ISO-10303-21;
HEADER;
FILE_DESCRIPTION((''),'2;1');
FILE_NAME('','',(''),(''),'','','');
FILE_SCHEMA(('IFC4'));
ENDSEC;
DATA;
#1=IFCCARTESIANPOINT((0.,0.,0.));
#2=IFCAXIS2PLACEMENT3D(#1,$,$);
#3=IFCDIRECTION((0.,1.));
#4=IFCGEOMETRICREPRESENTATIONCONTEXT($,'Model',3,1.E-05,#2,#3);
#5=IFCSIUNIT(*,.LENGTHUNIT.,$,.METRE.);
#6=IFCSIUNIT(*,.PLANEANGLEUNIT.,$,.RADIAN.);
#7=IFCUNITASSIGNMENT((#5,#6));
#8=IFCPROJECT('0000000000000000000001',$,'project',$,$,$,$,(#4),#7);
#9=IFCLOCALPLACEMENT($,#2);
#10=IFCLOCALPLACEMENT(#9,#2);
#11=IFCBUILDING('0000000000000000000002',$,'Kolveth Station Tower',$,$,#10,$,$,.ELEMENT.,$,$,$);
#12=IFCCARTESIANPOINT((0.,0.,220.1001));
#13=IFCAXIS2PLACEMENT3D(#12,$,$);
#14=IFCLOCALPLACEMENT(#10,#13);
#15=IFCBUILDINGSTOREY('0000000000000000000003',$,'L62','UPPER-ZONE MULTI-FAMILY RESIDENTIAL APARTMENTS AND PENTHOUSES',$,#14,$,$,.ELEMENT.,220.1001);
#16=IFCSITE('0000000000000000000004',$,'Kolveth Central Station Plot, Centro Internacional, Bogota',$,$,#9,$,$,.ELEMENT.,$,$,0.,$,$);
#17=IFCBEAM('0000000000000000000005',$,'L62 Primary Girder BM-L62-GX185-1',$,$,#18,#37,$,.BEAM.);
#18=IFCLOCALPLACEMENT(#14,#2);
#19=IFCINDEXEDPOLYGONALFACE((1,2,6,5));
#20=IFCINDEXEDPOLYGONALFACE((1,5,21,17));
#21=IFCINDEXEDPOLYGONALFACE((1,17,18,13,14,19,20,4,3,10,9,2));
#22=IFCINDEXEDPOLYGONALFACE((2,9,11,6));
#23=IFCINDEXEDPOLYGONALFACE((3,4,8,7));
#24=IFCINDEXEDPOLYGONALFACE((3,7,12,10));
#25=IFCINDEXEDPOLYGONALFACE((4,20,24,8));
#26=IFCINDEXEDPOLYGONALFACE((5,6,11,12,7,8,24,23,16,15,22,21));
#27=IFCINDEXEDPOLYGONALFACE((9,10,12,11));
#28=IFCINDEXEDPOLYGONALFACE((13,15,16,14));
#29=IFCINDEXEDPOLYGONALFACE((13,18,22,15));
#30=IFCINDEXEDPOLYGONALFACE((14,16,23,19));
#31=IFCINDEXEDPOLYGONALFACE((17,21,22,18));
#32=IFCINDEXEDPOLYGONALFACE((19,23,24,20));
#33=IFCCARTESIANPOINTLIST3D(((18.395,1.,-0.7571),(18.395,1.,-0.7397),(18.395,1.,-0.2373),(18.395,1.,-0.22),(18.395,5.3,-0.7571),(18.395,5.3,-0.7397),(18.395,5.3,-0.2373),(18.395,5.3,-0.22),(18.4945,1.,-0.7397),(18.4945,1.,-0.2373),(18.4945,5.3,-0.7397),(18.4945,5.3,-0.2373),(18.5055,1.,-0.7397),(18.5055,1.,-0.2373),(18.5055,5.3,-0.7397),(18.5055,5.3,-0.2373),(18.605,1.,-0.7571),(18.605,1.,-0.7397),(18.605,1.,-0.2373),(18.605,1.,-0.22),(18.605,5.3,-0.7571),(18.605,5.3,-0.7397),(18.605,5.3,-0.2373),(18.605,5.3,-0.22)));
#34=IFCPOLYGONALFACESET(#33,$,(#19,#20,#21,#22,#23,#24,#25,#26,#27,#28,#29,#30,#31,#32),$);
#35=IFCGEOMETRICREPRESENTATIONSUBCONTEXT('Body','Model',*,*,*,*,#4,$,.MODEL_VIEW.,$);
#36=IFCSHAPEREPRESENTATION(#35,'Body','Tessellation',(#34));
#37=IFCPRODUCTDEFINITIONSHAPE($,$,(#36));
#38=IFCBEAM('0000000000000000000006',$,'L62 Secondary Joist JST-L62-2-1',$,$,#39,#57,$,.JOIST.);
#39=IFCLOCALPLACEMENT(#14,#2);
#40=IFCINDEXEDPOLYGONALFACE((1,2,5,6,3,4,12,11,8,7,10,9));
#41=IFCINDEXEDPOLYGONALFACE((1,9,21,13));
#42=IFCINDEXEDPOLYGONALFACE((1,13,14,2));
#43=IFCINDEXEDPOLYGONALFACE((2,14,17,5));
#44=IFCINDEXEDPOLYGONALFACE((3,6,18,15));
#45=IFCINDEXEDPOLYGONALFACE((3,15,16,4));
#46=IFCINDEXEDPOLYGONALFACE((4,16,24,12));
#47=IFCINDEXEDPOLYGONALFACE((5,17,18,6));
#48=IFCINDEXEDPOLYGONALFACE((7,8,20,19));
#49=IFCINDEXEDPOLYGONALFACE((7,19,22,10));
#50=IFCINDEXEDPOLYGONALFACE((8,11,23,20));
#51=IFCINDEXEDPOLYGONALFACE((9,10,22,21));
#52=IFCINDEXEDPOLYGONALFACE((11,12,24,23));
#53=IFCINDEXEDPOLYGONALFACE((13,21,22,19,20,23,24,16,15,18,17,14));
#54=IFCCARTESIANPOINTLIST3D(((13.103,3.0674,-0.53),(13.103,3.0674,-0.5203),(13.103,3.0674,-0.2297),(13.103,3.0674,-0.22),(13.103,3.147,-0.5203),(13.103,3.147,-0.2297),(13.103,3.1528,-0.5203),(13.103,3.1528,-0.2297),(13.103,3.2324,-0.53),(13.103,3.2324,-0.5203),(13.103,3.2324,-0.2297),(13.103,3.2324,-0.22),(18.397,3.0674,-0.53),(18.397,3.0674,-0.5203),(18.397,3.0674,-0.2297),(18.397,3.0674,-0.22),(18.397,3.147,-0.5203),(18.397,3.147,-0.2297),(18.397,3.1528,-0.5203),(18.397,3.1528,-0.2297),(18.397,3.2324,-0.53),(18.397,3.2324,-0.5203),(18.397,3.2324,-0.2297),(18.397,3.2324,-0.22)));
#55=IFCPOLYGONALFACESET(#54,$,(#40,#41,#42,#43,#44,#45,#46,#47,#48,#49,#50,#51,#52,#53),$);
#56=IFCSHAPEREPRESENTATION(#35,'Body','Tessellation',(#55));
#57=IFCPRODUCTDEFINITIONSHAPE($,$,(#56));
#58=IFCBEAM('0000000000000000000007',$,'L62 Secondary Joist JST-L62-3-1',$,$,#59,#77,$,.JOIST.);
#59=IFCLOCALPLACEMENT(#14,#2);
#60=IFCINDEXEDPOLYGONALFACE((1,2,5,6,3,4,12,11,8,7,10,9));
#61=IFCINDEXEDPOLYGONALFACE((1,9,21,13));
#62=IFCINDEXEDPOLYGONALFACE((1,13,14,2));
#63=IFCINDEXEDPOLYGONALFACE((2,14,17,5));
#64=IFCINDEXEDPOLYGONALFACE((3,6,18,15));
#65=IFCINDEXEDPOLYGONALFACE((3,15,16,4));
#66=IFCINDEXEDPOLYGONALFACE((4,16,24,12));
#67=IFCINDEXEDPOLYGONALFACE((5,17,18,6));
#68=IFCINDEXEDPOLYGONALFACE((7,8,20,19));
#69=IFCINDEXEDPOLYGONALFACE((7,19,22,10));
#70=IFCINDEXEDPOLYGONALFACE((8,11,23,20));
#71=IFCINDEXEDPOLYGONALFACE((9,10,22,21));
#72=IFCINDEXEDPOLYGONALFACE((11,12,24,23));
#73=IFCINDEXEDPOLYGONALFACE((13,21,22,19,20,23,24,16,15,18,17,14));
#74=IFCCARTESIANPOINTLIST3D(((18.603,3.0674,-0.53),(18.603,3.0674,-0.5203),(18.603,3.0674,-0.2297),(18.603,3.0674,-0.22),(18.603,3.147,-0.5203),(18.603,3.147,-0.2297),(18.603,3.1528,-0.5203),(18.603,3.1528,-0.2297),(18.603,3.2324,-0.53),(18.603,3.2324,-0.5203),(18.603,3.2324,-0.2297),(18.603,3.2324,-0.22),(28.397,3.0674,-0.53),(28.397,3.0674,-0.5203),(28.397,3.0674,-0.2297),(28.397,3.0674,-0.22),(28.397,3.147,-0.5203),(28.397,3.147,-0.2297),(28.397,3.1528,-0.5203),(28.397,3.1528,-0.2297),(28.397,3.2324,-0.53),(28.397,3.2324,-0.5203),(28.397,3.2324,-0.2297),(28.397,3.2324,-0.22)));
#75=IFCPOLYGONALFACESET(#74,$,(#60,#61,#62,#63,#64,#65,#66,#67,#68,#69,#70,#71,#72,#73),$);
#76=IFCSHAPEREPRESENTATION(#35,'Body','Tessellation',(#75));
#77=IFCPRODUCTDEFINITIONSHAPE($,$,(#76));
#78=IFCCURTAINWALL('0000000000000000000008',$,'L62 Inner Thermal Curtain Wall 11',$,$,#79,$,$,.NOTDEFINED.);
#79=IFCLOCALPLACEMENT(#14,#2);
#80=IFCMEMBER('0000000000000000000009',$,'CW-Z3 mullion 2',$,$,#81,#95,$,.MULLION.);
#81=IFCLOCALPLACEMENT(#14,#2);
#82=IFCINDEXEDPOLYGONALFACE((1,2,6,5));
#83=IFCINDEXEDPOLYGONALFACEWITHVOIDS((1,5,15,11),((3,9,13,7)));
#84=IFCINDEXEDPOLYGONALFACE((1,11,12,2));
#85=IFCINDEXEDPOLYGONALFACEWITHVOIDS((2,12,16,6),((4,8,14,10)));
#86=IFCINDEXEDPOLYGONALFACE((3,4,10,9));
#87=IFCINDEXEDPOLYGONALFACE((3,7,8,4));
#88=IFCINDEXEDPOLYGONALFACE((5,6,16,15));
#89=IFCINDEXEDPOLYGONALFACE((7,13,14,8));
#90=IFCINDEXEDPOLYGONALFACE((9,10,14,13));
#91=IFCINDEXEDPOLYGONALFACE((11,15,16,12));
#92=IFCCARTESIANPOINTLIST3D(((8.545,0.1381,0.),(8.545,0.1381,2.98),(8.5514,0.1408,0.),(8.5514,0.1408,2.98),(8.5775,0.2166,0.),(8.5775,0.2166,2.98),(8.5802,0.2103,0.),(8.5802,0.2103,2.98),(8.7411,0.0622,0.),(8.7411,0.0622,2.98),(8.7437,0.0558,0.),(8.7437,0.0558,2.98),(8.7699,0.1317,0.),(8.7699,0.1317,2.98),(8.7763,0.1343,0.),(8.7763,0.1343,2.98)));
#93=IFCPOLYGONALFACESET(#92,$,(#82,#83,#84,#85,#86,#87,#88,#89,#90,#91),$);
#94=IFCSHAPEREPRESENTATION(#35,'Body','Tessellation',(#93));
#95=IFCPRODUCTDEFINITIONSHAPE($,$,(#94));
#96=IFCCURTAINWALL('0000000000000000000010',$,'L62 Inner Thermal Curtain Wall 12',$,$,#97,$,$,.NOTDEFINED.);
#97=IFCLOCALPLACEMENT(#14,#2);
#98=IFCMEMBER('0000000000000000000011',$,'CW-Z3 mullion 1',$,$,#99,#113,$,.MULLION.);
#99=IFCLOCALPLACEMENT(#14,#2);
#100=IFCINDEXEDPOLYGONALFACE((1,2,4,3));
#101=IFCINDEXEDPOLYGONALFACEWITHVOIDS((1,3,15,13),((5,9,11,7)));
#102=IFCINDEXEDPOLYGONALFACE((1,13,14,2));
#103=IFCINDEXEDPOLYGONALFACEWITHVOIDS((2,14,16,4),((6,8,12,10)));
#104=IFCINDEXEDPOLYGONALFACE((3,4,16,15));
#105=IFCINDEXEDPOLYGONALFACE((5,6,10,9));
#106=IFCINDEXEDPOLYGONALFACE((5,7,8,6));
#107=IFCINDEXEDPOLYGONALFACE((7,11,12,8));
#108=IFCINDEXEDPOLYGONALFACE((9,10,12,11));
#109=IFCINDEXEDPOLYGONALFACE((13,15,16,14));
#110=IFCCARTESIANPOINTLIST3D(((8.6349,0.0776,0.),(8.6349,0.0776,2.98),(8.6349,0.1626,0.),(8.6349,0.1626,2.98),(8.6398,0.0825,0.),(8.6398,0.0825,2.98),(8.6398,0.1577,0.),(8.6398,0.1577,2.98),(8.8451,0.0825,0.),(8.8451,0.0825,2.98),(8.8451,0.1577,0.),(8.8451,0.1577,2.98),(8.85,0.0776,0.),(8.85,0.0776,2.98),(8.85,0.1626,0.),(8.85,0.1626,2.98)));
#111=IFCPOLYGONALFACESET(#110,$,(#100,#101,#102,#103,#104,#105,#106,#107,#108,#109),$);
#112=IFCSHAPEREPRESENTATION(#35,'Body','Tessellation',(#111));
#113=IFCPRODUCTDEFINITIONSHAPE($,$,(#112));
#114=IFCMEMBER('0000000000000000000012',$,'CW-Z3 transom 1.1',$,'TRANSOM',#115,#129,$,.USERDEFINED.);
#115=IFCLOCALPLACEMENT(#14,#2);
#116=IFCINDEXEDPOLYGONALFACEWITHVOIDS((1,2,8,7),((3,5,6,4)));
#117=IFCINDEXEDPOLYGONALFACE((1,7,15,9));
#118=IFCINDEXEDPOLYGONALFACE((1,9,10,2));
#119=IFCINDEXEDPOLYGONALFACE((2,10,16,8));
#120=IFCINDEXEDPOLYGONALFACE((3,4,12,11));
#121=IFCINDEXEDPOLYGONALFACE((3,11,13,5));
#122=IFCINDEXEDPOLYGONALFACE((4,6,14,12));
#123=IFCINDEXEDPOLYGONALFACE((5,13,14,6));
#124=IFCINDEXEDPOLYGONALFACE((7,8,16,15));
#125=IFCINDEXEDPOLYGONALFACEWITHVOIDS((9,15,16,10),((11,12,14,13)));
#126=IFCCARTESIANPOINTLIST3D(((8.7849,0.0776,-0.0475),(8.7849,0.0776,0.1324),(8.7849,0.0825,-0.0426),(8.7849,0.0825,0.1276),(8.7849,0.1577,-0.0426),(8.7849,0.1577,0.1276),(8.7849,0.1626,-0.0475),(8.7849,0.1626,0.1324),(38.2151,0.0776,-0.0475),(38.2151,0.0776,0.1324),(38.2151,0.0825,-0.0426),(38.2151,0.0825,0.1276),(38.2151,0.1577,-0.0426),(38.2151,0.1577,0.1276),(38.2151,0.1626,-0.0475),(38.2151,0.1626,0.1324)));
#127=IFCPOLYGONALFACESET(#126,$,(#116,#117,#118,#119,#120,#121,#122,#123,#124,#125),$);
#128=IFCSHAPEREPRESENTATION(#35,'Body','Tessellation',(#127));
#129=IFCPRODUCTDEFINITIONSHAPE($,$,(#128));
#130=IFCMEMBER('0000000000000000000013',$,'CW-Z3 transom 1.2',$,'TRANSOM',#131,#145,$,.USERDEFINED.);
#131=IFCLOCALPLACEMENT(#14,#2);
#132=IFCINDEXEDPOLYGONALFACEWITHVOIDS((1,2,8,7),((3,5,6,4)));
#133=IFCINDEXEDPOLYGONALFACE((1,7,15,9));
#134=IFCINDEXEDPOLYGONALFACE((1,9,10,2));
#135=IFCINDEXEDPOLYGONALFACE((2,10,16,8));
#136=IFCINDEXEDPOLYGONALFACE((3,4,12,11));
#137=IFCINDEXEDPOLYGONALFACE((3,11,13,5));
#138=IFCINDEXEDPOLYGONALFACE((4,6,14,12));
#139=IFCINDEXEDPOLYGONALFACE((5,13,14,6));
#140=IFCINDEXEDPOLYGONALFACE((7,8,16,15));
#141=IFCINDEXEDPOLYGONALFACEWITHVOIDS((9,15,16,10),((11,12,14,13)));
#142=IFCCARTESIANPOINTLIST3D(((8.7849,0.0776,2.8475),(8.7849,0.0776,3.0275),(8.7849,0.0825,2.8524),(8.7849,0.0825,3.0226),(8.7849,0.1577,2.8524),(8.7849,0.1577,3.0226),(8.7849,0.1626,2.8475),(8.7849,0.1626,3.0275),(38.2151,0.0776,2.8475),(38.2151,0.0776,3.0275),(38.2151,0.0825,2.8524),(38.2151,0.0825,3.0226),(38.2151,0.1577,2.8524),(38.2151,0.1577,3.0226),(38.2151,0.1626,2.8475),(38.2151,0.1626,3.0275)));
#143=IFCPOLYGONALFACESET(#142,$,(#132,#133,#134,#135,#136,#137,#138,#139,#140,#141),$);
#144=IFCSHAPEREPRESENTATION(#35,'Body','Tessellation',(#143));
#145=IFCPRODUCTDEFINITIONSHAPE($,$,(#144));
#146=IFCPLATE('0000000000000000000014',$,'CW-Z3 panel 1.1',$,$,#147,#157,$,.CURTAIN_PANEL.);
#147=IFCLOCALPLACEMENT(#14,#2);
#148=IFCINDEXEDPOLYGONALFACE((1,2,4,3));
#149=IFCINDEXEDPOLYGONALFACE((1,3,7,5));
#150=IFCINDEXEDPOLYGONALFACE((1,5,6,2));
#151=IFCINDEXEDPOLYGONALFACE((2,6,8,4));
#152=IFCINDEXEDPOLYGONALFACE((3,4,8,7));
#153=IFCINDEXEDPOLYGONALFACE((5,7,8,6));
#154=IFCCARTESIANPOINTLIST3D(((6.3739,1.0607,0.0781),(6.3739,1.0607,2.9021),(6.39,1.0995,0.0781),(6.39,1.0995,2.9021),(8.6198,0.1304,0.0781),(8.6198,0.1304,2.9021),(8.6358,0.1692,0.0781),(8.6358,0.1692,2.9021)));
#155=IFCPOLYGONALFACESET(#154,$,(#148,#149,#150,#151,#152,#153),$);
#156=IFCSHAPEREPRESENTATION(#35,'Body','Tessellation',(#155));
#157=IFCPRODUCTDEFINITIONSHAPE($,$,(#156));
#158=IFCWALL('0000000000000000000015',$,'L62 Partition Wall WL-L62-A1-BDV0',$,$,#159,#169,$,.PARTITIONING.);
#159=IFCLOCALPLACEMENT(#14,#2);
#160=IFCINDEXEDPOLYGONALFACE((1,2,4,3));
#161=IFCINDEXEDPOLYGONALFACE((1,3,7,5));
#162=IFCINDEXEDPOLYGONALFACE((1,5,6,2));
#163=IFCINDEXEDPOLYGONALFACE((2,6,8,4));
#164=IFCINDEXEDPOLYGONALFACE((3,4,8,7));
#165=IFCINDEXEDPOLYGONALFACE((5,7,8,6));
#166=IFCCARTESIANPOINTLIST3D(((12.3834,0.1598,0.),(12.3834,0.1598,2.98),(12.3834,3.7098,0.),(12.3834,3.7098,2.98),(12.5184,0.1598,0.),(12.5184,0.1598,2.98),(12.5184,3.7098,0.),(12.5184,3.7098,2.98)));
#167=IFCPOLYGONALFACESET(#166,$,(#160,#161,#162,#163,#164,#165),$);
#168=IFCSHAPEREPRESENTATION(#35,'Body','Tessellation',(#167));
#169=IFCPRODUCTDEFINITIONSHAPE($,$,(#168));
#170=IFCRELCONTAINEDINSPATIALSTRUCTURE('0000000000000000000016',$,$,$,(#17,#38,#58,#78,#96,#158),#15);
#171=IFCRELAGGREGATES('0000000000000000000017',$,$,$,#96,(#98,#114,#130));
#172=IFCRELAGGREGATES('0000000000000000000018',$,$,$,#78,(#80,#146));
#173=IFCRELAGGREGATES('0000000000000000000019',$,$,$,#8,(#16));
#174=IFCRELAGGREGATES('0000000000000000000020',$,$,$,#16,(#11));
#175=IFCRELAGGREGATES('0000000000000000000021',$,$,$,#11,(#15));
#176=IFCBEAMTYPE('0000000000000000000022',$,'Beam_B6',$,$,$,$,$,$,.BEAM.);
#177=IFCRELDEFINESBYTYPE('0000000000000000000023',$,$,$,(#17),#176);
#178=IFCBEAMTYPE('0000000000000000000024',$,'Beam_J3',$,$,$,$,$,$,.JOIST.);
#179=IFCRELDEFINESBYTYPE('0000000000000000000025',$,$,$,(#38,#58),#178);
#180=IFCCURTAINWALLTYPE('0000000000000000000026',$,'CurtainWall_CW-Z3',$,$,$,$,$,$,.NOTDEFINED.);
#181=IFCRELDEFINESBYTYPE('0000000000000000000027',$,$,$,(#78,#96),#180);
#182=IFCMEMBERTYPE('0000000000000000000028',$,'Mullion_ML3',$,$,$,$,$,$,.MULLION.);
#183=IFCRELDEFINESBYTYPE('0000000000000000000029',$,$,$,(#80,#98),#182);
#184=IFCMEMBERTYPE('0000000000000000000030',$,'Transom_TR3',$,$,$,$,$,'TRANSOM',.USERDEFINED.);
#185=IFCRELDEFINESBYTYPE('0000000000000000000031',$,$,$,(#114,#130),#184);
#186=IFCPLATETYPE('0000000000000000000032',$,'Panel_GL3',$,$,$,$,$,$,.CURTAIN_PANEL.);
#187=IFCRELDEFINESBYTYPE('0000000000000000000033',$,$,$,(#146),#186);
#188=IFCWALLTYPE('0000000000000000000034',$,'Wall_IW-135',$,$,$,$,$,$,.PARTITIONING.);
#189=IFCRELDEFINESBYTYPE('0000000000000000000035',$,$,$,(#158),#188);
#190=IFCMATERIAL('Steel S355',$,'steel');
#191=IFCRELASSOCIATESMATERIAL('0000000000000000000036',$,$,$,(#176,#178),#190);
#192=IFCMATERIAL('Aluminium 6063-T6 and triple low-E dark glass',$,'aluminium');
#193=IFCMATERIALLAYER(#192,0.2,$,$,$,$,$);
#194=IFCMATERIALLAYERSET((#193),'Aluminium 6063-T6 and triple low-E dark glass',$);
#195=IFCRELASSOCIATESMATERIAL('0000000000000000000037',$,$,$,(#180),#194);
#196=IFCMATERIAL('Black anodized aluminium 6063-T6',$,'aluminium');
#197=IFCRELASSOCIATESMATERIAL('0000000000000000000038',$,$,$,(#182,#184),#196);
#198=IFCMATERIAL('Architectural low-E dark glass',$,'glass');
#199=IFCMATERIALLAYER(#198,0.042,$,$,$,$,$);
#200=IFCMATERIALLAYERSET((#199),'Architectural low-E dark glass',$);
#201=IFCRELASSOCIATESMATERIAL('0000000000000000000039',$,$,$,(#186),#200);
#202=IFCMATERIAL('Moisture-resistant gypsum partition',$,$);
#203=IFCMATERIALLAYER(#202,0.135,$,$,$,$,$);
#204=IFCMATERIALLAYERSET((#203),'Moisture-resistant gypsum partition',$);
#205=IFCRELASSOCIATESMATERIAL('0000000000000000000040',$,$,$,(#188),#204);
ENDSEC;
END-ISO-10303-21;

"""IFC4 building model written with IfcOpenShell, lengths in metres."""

from ifc_helpers import new_model, si_unit, direction, frame, frame_2d, origin, origin_2d, place, context, subcontext, project, spatial, rectangle, hollow_rectangle, i_section, extrude, source, transform, mapped, material, layer, layer_set, material_profile, profile_set, type_object, element, aggregate, save


model = new_model("IFC4")

# Units and contexts
model_context = context("Model", 3, precision=1e-05, world=origin(), true_north=direction((0.0, 1.0)))
body_context = subcontext(model_context, "Body", "Model", "MODEL_VIEW")
ifc_project = project(units=[si_unit("LENGTHUNIT", "METRE"), si_unit("PLANEANGLEUNIT", "RADIAN")], contexts=[model_context])

# Site, building, storey
site_placement = place(None, origin())
site = spatial("IfcSite", under=ifc_project, at=site_placement, Name="Kolveth Central Station Plot, Centro Internacional, Bogota", CompositionType="ELEMENT", RefElevation=0.0)
building_placement = place(site_placement, origin())
building = spatial("IfcBuilding", under=site, at=building_placement, Name="Kolveth Station Tower", CompositionType="ELEMENT")
storey_placement = place(building_placement, frame((0.0, 0.0, 220.1001)))
storey = spatial("IfcBuildingStorey", under=building, at=storey_placement, Name="L62", Description="UPPER-ZONE MULTI-FAMILY RESIDENTIAL APARTMENTS AND PENTHOUSES", CompositionType="ELEMENT", Elevation=220.1001)

# Shared definitions
ifc_material_1 = material(Name="Steel S355", Category="steel")

# Beams
ifc_material_profile_1 = material_profile(ifc_material_1, i_section(OverallWidth=0.21, OverallDepth=0.5371, WebThickness=0.011, FlangeThickness=0.0173, at=origin_2d()), Name="W530x101")
ifc_profile_set_1 = profile_set([ifc_material_profile_1], Name="Steel S355")
beam_type_1 = type_object("IfcBeamType", Name="Beam_B6", PredefinedType="BEAM", material=ifc_profile_set_1)
shared_shape_1 = source(origin(), body_context, "Body", "SweptSolid", [
    extrude(i_section(OverallWidth=0.21, OverallDepth=0.5371, WebThickness=0.011, FlangeThickness=0.0173, at=origin_2d()), origin(), (0.0, 0.0, 1.0), 4.3),
])
for number, where, z_axis, x_axis, name in (
    (1, (18.5, 1.0, -0.4885), (0.0, 1.0, 0.0), (-1.0, 0.0, 0.0), "L62 Primary Girder BM-L62-GX185-1"),
):
    element("IfcBeam", number, at=place(storey_placement, frame(where, z_axis=z_axis, x_axis=x_axis)), inside=storey, type_object=beam_type_1, Name=name, PredefinedType="BEAM", context=body_context, shape_type="MappedRepresentation", body=[
        mapped(shared_shape_1, transform((0.0, 0.0, 0.0), x_axis=(1.0, 0.0, 0.0), y_axis=(0.0, 1.0, 0.0), z_axis=(0.0, 0.0, 1.0), scale=1.0)),
    ])
ifc_material_profile_2 = material_profile(ifc_material_1, i_section(OverallWidth=0.165, OverallDepth=0.3101, WebThickness=0.0059, FlangeThickness=0.0098, at=origin_2d()), Name="W310x39")
ifc_profile_set_2 = profile_set([ifc_material_profile_2], Name="Steel S355")
beam_type_2 = type_object("IfcBeamType", Name="Beam_J3", PredefinedType="JOIST", material=ifc_profile_set_2)
shared_shape_2 = source(origin(), body_context, "Body", "SweptSolid", [
    extrude(i_section(OverallWidth=0.165, OverallDepth=0.3101, WebThickness=0.0059, FlangeThickness=0.0098, at=origin_2d()), origin(), (0.0, 0.0, 1.0), 5.2939),
])
beam_1_placement = place(storey_placement, frame((13.103, 3.1499, -0.375), z_axis=(1.0, 0.0, 0.0), x_axis=(0.0, 1.0, 0.0)))
element("IfcBeam", 2, at=beam_1_placement, inside=storey, type_object=beam_type_2, Name="L62 Secondary Joist JST-L62-2-1", PredefinedType="JOIST", context=body_context, shape_type="MappedRepresentation", body=[
    mapped(shared_shape_2, transform((0.0, 0.0, 0.0), x_axis=(1.0, 0.0, 0.0), y_axis=(0.0, 1.0, 0.0), z_axis=(0.0, 0.0, 1.0), scale=1.0)),
])
shared_shape_3 = source(origin(), body_context, "Body", "SweptSolid", [
    extrude(i_section(OverallWidth=0.165, OverallDepth=0.3101, WebThickness=0.0059, FlangeThickness=0.0098, at=origin_2d()), origin(), (0.0, 0.0, 1.0), 9.7939),
])
beam_2_placement = place(storey_placement, frame((18.603, 3.1499, -0.375), z_axis=(1.0, 0.0, 0.0), x_axis=(0.0, 1.0, 0.0)))
element("IfcBeam", 3, at=beam_2_placement, inside=storey, type_object=beam_type_2, Name="L62 Secondary Joist JST-L62-3-1", PredefinedType="JOIST", context=body_context, shape_type="MappedRepresentation", body=[
    mapped(shared_shape_3, transform((0.0, 0.0, 0.0), x_axis=(1.0, 0.0, 0.0), y_axis=(0.0, 1.0, 0.0), z_axis=(0.0, 0.0, 1.0), scale=1.0)),
])

# Curtain wall, member
ifc_material_2 = material(Name="Aluminium 6063-T6 and triple low-E dark glass", Category="aluminium")
ifc_layer_1 = layer(ifc_material_2, 0.2)
ifc_layer_set_1 = layer_set([ifc_layer_1], Name="Aluminium 6063-T6 and triple low-E dark glass")
curtain_wall_type = type_object("IfcCurtainWallType", Name="CurtainWall_CW-Z3", PredefinedType="NOTDEFINED", material=ifc_layer_set_1)
curtain_wall_1_placement = place(storey_placement, origin())
curtain_wall_1 = element("IfcCurtainWall", 4, at=curtain_wall_1_placement, inside=storey, type_object=curtain_wall_type, Name="L62 Inner Thermal Curtain Wall 11", PredefinedType="NOTDEFINED")
ifc_material_3 = material(Name="Black anodized aluminium 6063-T6", Category="aluminium")
ifc_material_profile_3 = material_profile(ifc_material_3, hollow_rectangle(XDim=0.085, YDim=0.2151, WallThickness=0.0049, at=origin_2d()), Name="ALU-85x215x5")
ifc_profile_set_3 = profile_set([ifc_material_profile_3], Name="Black anodized aluminium 6063-T6")
member_type_1 = type_object("IfcMemberType", Name="Mullion_ML3", PredefinedType="MULLION", material=ifc_profile_set_3)
shared_shape_4 = source(origin(), body_context, "Body", "SweptSolid", [
    extrude(hollow_rectangle(XDim=0.085, YDim=0.2151, WallThickness=0.0049, at=origin_2d()), origin(), (0.0, 0.0, 1.0), 2.98),
])
member_1_placement = place(storey_placement, frame((8.6606, 0.1362, 0.0), z_axis=(0.0, 0.0, 1.0), x_axis=(0.382693, 0.923875, 0.0)))
member_1 = element("IfcMember", 5, at=member_1_placement, type_object=member_type_1, Name="CW-Z3 mullion 2", PredefinedType="MULLION", context=body_context, shape_type="MappedRepresentation", body=[
    mapped(shared_shape_4, transform((0.0, 0.0, 0.0), x_axis=(1.0, 0.0, 0.0), y_axis=(0.0, 1.0, 0.0), z_axis=(0.0, 0.0, 1.0), scale=1.0)),
])

# Curtain wall, members
curtain_wall_2_placement = place(storey_placement, origin())
curtain_wall_2 = element("IfcCurtainWall", 6, at=curtain_wall_2_placement, inside=storey, type_object=curtain_wall_type, Name="L62 Inner Thermal Curtain Wall 12", PredefinedType="NOTDEFINED")
member_2_placement = place(storey_placement, frame((8.7424, 0.1201, 0.0), z_axis=(0.0, 0.0, 1.0), x_axis=(0.0, 1.0, 0.0)))
member_2 = element("IfcMember", 7, at=member_2_placement, type_object=member_type_1, Name="CW-Z3 mullion 1", PredefinedType="MULLION", context=body_context, shape_type="MappedRepresentation", body=[
    mapped(shared_shape_4, transform((0.0, 0.0, 0.0), x_axis=(1.0, 0.0, 0.0), y_axis=(0.0, 1.0, 0.0), z_axis=(0.0, 0.0, 1.0), scale=1.0)),
])
ifc_material_profile_4 = material_profile(ifc_material_3, hollow_rectangle(XDim=0.085, YDim=0.1799, WallThickness=0.0049, at=origin_2d()), Name="ALU-85x180x5")
ifc_profile_set_4 = profile_set([ifc_material_profile_4], Name="Black anodized aluminium 6063-T6")
member_type_2 = type_object("IfcMemberType", Name="Transom_TR3", ElementType="TRANSOM", PredefinedType="USERDEFINED", material=ifc_profile_set_4)
shared_shape_5 = source(origin(), body_context, "Body", "SweptSolid", [
    extrude(hollow_rectangle(XDim=0.085, YDim=0.1799, WallThickness=0.0049, at=origin_2d()), origin(), (0.0, 0.0, 1.0), 29.4302),
])
member_3_placement = place(storey_placement, frame((8.7849, 0.1201, 0.0425), z_axis=(1.0, 0.0, 0.0), x_axis=(0.0, 1.0, 0.0)))
member_3 = element("IfcMember", 8, at=member_3_placement, type_object=member_type_2, Name="CW-Z3 transom 1.1", ObjectType="TRANSOM", PredefinedType="USERDEFINED", context=body_context, shape_type="MappedRepresentation", body=[
    mapped(shared_shape_5, transform((0.0, 0.0, 0.0), x_axis=(1.0, 0.0, 0.0), y_axis=(0.0, 1.0, 0.0), z_axis=(0.0, 0.0, 1.0), scale=1.0)),
])
member_4_placement = place(storey_placement, frame((8.7849, 0.1201, 2.9375), z_axis=(1.0, 0.0, 0.0), x_axis=(0.0, 1.0, 0.0)))
member_4 = element("IfcMember", 9, at=member_4_placement, type_object=member_type_2, Name="CW-Z3 transom 1.2", ObjectType="TRANSOM", PredefinedType="USERDEFINED", context=body_context, shape_type="MappedRepresentation", body=[
    mapped(shared_shape_5, transform((0.0, 0.0, 0.0), x_axis=(1.0, 0.0, 0.0), y_axis=(0.0, 1.0, 0.0), z_axis=(0.0, 0.0, 1.0), scale=1.0)),
])
aggregate(curtain_wall_2, [member_2, member_3, member_4])

# Plate
ifc_material_4 = material(Name="Architectural low-E dark glass", Category="glass")
ifc_layer_2 = layer(ifc_material_4, 0.042)
ifc_layer_set_2 = layer_set([ifc_layer_2], Name="Architectural low-E dark glass")
plate_type = type_object("IfcPlateType", Name="Panel_GL3", PredefinedType="CURTAIN_PANEL", material=ifc_layer_set_2)
shared_shape_6 = source(origin(), body_context, "Body", "SweptSolid", [
    extrude(rectangle(XDim=2.4309, YDim=0.042, at=origin_2d()), origin(), (0.0, 0.0, 1.0), 2.824),
])
plate_placement = place(storey_placement, frame((7.5049, 0.615, 0.0781), z_axis=(0.0, 0.0, 1.0), x_axis=(0.923875, -0.382693, 0.0)))
plate = element("IfcPlate", 10, at=plate_placement, type_object=plate_type, Name="CW-Z3 panel 1.1", PredefinedType="CURTAIN_PANEL", context=body_context, shape_type="MappedRepresentation", body=[
    mapped(shared_shape_6, transform((0.0, 0.0, 0.0), x_axis=(1.0, 0.0, 0.0), y_axis=(0.0, 1.0, 0.0), z_axis=(0.0, 0.0, 1.0), scale=1.0)),
])
aggregate(curtain_wall_1, [member_1, plate])

# Wall
ifc_material_5 = material(Name="Moisture-resistant gypsum partition")
ifc_layer_3 = layer(ifc_material_5, 0.135)
ifc_layer_set_3 = layer_set([ifc_layer_3], Name="Moisture-resistant gypsum partition")
wall_type_1 = type_object("IfcWallType", Name="Wall_IW-135", PredefinedType="PARTITIONING", material=ifc_layer_set_3)
wall_1_placement = place(storey_placement, frame((12.4509, 0.1599, 0.0), z_axis=(0.0, 0.0, 1.0), x_axis=(0.0, 1.0, 0.0)))
element("IfcWall", 11, at=wall_1_placement, inside=storey, type_object=wall_type_1, Name="L62 Partition Wall WL-L62-A1-BDV0", PredefinedType="PARTITIONING", context=body_context, shape_type="SweptSolid", body=[
    extrude(rectangle(XDim=3.55, YDim=0.135, at=frame_2d((1.7749, 0.0))), origin(), (0.0, 0.0, 1.0), 2.98),
])

save(model, "model.ifc")
